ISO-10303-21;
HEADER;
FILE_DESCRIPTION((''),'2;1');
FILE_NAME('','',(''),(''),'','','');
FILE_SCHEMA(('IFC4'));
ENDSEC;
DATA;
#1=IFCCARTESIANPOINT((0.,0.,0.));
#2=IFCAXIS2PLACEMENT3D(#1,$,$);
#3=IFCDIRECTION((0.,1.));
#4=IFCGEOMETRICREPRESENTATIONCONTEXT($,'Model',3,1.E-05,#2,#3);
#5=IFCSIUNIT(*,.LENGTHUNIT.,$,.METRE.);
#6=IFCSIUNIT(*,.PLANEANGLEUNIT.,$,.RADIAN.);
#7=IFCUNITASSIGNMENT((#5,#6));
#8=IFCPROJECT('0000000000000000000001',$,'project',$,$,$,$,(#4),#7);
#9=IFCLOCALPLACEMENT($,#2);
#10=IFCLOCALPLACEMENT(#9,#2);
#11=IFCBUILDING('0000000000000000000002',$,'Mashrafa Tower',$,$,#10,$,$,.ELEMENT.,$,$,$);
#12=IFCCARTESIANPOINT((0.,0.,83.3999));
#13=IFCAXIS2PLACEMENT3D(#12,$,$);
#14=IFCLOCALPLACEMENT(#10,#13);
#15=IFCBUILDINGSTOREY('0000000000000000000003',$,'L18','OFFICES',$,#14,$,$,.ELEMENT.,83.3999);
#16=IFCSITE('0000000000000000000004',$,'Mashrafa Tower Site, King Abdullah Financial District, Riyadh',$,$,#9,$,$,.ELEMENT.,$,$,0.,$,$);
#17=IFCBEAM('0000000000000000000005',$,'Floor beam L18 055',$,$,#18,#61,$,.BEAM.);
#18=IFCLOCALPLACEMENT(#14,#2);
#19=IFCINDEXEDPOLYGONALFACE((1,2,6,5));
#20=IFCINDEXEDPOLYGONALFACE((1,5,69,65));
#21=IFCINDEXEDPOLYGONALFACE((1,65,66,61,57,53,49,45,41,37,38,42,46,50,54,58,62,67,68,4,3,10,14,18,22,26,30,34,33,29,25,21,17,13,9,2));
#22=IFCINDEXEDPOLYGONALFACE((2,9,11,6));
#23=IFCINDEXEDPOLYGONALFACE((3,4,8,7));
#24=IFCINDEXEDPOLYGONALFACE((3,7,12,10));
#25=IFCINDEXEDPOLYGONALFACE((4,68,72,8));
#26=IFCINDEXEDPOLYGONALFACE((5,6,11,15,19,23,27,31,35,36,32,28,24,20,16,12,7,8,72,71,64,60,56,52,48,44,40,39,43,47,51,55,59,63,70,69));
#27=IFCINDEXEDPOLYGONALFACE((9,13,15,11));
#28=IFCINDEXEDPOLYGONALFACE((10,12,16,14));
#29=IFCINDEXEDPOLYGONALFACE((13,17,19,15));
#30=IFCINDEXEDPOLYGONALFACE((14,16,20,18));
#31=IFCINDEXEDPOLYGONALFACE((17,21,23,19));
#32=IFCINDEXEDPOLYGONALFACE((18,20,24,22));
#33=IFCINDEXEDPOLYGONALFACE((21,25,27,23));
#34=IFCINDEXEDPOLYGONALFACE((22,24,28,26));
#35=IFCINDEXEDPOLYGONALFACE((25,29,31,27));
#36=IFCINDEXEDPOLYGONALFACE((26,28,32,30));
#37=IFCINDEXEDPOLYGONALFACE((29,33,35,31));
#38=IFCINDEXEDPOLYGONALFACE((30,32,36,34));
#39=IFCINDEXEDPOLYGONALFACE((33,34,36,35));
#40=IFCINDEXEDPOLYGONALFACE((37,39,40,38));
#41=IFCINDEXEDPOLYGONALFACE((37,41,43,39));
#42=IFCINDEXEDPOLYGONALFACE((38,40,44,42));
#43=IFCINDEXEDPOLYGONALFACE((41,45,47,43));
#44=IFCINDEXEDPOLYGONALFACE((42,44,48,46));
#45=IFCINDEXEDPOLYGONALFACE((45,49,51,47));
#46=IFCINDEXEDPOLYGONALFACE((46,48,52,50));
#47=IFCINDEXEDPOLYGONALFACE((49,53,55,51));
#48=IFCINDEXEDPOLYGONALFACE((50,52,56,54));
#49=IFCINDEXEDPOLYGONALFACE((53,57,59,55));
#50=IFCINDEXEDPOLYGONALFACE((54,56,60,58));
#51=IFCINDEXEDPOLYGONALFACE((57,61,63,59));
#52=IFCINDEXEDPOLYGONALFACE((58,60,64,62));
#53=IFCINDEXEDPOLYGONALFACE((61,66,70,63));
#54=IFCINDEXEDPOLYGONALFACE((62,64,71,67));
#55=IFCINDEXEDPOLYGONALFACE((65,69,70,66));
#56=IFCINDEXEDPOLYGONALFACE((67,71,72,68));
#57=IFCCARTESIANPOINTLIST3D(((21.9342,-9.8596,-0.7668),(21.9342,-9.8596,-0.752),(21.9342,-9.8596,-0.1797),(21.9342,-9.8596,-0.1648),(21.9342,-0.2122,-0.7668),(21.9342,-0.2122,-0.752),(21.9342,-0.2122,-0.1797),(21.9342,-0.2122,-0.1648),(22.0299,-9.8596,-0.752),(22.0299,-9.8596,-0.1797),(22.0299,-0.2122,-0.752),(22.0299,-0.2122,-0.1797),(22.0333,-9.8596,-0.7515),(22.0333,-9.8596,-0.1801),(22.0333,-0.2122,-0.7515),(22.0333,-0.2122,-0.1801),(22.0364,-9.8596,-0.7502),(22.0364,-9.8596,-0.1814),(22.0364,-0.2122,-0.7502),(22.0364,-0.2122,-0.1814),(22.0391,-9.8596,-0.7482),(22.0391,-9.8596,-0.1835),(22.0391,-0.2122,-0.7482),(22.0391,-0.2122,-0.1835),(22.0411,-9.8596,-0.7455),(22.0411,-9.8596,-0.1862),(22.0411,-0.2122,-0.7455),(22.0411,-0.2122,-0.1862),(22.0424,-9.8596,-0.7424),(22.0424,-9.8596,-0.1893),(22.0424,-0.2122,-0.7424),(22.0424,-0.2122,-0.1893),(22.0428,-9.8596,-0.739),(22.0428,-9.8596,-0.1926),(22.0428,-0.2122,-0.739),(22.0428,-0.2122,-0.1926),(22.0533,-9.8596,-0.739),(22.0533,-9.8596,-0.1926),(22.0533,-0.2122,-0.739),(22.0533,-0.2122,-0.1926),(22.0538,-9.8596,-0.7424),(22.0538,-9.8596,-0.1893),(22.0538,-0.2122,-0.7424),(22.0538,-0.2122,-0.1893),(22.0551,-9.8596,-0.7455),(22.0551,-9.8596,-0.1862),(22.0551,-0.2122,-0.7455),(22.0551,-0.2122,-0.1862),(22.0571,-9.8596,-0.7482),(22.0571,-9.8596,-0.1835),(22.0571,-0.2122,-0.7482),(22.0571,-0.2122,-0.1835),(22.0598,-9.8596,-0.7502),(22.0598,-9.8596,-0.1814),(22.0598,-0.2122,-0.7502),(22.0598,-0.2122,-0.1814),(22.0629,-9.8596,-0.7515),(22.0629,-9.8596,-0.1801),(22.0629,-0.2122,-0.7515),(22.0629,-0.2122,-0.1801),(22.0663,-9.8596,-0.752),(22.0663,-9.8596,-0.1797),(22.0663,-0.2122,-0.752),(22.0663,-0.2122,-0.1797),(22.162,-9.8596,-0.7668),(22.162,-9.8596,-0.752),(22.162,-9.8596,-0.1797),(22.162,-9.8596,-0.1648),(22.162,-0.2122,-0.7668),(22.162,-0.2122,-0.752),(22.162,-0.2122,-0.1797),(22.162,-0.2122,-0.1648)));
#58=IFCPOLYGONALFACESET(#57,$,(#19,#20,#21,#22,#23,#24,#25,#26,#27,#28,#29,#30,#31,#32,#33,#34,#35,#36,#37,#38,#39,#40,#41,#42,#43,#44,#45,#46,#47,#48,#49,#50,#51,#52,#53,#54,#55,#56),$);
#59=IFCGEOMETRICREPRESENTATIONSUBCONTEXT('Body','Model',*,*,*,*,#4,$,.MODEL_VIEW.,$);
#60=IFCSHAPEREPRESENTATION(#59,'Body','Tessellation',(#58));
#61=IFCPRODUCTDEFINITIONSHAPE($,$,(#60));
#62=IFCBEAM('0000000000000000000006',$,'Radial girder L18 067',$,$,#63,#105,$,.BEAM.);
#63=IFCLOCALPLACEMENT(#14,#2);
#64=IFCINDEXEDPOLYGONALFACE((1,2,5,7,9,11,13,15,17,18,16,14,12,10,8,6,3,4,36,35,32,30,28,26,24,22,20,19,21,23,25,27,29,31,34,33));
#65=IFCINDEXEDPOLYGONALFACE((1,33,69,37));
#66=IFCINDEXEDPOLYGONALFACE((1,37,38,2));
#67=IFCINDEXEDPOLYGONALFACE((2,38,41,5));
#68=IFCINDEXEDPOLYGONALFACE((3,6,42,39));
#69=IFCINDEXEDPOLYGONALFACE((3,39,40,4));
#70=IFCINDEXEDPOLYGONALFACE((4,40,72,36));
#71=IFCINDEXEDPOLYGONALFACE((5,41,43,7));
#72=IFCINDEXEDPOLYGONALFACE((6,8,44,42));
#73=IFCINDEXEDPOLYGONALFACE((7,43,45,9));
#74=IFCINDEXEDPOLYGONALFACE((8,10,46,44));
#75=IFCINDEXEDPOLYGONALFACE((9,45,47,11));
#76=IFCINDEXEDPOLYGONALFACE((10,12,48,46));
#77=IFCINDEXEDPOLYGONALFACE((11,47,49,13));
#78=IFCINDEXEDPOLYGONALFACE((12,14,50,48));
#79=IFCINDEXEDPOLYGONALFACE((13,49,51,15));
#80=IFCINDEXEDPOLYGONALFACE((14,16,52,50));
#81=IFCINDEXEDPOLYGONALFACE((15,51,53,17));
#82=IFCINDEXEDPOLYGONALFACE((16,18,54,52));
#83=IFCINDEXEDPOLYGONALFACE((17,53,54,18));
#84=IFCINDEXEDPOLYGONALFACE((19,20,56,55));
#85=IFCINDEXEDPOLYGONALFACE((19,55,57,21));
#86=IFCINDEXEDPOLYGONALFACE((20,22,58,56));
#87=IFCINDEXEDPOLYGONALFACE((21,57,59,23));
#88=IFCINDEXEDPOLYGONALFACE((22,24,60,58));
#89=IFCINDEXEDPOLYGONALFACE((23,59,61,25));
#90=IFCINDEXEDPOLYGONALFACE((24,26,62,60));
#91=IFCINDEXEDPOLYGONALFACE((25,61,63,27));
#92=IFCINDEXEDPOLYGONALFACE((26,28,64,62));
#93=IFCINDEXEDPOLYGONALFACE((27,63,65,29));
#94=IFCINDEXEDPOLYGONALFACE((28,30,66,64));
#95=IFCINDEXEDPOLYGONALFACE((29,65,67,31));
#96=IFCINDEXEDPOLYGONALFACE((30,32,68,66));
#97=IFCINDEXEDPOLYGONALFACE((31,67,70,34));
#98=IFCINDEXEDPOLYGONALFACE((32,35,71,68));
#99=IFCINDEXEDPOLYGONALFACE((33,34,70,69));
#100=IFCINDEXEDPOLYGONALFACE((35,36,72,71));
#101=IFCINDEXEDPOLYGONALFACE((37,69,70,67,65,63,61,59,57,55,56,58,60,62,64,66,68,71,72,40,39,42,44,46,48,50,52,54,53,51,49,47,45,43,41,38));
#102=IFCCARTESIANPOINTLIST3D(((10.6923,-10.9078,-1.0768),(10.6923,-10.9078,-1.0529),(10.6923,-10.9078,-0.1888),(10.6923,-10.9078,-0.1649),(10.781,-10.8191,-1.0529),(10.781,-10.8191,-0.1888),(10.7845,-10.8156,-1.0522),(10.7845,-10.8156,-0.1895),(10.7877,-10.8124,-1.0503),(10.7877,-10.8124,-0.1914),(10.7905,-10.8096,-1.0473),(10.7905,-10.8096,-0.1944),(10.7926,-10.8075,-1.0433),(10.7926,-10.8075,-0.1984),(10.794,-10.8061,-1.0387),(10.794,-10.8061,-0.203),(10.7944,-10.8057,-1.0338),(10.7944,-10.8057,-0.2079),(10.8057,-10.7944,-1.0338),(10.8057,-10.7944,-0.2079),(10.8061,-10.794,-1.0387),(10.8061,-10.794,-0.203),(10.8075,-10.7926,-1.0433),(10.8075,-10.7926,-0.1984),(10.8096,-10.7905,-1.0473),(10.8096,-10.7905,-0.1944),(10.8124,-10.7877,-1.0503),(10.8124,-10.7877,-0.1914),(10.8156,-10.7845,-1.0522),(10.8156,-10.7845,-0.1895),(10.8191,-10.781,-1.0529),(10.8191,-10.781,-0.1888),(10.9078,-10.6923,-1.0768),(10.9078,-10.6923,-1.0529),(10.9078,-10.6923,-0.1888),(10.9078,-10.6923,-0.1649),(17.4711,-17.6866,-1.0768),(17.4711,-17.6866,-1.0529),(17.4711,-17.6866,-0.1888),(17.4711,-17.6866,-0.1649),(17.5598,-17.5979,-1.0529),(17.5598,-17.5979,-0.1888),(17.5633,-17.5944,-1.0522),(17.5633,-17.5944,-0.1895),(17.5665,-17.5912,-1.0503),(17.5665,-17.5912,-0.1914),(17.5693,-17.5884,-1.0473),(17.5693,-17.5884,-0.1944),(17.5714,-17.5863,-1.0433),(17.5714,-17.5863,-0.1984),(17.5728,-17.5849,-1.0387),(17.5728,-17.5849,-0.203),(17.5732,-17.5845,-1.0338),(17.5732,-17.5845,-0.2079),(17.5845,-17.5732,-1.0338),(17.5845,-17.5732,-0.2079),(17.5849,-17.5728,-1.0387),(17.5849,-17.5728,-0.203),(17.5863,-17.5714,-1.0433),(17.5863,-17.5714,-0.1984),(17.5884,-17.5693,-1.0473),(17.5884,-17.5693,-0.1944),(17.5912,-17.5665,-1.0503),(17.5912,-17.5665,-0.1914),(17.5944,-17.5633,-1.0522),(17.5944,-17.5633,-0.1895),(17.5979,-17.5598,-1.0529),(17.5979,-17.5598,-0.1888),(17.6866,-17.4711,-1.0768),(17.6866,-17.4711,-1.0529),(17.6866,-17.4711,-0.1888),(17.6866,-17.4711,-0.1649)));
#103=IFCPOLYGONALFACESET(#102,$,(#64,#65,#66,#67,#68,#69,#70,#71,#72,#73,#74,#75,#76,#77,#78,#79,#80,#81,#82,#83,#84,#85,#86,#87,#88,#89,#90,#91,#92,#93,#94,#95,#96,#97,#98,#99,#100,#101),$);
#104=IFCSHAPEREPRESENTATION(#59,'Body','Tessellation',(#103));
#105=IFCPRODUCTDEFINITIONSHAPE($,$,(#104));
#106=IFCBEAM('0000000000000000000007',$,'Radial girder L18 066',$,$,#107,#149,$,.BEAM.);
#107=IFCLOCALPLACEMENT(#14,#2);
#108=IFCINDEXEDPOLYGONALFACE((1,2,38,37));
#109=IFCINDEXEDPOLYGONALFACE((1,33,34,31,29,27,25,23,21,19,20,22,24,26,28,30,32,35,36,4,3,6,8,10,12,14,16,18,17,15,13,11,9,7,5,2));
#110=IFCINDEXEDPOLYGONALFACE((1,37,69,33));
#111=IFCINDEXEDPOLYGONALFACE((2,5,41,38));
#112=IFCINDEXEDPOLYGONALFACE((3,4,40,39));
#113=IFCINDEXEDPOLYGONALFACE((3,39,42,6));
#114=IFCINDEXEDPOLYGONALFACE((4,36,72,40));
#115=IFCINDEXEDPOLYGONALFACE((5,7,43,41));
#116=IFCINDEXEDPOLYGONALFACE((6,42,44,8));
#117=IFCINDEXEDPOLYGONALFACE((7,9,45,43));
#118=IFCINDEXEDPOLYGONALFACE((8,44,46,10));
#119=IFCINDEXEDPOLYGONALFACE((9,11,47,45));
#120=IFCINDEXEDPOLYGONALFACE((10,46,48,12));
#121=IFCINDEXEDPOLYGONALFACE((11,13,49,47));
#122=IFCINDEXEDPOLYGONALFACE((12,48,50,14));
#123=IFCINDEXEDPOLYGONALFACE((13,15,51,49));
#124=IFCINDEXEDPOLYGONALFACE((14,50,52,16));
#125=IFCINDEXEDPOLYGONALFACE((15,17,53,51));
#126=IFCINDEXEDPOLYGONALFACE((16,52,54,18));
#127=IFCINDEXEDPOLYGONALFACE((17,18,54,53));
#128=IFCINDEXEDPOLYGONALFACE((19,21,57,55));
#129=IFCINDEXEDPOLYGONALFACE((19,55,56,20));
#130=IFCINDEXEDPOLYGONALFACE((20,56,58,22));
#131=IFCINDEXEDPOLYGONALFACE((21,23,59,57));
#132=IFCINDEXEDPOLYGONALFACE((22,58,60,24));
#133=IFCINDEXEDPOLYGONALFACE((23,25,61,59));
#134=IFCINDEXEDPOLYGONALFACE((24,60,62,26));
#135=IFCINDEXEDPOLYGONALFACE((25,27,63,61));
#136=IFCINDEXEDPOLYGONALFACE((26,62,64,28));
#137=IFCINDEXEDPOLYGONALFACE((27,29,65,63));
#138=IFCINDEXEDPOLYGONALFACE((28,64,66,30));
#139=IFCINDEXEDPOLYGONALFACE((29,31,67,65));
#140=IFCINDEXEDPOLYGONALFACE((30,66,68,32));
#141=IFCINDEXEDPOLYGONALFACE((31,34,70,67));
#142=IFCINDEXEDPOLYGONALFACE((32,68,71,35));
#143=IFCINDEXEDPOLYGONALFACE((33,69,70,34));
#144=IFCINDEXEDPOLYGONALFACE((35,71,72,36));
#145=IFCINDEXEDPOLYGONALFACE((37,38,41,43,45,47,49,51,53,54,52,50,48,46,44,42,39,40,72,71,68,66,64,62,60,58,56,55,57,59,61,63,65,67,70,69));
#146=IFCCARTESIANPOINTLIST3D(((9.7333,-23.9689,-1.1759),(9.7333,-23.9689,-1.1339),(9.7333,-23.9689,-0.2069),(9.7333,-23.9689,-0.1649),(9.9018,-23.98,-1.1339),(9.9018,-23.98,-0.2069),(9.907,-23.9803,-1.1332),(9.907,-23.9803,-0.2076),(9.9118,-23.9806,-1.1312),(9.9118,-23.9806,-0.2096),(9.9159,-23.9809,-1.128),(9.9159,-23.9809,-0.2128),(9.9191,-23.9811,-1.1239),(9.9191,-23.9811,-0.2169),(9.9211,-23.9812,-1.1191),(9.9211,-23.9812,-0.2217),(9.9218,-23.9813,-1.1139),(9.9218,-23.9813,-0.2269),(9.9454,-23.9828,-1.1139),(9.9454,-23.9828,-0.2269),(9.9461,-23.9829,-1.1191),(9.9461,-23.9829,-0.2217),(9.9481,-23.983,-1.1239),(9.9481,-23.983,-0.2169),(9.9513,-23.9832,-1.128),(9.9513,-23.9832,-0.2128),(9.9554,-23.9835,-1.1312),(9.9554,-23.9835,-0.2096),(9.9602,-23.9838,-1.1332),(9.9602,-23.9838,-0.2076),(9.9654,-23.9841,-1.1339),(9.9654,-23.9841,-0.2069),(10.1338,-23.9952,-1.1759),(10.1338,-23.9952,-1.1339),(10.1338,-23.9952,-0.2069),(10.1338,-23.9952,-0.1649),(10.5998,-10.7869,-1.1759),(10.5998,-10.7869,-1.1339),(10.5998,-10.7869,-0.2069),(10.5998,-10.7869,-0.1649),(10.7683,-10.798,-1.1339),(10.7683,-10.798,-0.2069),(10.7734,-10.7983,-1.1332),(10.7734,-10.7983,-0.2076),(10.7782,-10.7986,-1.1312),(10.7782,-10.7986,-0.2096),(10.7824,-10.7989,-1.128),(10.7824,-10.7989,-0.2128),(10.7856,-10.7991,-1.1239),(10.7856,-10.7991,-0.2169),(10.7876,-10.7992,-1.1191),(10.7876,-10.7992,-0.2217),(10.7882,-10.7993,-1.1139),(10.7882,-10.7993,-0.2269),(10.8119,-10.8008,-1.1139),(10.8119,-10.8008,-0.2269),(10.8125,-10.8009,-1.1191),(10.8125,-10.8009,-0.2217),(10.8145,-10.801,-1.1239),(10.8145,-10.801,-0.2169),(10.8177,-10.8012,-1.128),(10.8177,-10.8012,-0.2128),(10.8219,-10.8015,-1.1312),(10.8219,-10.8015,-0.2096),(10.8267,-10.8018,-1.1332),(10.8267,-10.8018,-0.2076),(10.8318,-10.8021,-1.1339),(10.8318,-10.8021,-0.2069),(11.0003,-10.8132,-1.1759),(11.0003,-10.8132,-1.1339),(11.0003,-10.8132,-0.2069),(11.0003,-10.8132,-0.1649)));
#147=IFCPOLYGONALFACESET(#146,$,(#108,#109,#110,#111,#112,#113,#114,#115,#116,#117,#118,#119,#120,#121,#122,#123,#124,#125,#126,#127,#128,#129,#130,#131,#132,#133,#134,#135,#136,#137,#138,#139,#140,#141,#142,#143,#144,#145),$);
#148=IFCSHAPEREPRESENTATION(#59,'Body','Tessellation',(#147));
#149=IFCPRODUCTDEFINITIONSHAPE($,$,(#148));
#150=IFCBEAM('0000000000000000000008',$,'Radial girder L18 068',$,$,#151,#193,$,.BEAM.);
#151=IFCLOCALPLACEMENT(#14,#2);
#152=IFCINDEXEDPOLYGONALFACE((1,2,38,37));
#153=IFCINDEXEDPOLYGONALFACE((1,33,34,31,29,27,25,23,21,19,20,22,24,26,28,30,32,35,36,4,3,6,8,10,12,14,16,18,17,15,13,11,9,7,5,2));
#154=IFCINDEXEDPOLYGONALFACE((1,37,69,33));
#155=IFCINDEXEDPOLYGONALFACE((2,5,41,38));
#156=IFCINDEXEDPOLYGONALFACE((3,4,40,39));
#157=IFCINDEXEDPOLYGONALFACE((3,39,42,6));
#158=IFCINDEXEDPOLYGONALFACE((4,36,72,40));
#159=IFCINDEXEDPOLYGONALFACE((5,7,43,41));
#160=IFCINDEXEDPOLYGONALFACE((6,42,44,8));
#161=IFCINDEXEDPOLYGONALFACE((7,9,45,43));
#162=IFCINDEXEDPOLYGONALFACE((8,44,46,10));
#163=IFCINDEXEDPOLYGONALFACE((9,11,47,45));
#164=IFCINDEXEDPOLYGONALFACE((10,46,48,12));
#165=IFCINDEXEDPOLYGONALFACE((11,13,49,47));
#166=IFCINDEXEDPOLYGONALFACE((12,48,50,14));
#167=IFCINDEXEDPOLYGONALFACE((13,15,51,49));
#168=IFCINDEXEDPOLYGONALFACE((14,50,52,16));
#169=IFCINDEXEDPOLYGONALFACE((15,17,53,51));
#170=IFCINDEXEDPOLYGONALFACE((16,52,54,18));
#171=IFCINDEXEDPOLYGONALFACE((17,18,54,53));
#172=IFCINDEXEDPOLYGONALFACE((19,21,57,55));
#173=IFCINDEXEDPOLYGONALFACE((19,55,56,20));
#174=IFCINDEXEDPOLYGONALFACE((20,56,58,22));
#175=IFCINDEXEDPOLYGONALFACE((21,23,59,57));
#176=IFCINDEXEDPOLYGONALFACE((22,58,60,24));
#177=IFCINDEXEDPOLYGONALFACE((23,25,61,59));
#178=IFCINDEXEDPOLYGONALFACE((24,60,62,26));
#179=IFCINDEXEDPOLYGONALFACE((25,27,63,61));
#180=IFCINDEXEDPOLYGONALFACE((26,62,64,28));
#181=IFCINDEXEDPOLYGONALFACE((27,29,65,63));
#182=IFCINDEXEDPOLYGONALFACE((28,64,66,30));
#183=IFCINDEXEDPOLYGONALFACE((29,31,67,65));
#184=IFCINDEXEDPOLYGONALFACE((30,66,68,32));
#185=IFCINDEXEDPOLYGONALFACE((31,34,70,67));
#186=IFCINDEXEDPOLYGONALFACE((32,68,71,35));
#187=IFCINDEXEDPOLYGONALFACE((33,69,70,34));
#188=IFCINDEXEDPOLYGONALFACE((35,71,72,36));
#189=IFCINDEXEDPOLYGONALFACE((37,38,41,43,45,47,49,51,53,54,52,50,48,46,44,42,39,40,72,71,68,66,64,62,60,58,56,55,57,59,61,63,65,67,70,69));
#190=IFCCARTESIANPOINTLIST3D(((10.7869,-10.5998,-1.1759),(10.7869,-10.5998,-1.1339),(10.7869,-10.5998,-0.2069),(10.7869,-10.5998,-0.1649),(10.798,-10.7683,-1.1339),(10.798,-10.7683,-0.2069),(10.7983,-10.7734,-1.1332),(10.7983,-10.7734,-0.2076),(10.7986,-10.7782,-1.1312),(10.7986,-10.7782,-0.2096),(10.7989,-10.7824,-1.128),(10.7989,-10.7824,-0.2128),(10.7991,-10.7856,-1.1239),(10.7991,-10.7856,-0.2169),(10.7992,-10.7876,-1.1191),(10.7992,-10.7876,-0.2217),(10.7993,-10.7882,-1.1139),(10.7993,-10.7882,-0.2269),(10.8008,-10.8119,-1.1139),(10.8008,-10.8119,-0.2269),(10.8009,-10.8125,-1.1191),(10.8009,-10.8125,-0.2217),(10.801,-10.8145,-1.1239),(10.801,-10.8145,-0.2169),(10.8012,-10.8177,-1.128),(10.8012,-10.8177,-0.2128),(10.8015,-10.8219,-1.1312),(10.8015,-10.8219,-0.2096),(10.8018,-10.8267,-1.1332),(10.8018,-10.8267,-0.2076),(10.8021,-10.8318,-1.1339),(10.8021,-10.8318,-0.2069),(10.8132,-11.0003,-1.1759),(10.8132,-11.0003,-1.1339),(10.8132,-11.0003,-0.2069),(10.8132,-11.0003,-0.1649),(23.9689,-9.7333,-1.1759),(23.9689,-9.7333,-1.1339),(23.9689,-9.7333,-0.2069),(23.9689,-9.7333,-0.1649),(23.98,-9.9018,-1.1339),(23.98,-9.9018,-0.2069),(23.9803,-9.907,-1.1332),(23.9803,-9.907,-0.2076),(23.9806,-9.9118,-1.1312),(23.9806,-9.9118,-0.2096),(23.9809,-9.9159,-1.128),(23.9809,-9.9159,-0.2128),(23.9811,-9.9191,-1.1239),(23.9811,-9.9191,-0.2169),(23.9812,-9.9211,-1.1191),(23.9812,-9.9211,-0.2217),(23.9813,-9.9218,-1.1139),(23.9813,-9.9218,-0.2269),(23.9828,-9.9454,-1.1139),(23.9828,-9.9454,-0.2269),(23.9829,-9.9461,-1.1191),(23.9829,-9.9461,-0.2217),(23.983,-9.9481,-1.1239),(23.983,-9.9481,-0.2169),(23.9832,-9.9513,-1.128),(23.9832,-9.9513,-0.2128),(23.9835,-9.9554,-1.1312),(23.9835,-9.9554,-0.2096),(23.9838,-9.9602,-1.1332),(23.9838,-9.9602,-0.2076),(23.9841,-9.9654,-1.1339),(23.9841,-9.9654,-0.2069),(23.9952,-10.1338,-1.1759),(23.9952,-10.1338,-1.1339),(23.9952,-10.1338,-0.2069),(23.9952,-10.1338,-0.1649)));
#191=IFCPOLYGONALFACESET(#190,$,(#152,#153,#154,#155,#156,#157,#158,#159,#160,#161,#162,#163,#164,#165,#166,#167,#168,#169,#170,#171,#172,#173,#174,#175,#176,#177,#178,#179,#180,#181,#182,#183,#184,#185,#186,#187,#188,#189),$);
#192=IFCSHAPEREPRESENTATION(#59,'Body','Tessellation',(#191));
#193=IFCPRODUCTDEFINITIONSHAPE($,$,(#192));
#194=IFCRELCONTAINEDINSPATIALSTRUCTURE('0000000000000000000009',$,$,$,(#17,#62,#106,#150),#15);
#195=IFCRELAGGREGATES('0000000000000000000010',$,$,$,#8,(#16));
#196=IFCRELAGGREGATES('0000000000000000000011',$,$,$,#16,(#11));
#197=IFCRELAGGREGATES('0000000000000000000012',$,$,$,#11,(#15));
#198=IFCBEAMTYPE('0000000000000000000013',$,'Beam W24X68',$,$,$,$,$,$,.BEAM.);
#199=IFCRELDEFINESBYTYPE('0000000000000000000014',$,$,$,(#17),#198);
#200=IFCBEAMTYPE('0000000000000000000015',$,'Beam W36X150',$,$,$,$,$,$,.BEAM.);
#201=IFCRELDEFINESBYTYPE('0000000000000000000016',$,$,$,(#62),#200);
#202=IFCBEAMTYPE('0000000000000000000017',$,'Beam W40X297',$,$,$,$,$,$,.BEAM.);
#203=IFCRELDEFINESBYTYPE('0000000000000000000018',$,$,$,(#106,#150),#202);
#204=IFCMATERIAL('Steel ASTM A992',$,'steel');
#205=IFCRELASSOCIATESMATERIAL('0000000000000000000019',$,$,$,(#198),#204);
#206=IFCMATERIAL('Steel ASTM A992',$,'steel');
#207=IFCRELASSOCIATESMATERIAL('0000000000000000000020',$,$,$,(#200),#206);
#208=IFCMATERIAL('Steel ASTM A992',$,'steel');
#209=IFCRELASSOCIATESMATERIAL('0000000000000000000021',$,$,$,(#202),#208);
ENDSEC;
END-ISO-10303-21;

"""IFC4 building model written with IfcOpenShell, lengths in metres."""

from ifc_helpers import new_model, si_unit, direction, frame, origin, origin_2d, place, context, subcontext, project, spatial, i_section, extrude, material, material_profile, profile_set, type_object, element, save


model = new_model("IFC4")

# Units and contexts
model_context = context("Model", 3, precision=1e-05, world=origin(), true_north=direction((0.0, 1.0)))
body_context = subcontext(model_context, "Body", "Model", "MODEL_VIEW")
ifc_project = project(units=[si_unit("LENGTHUNIT", "METRE"), si_unit("PLANEANGLEUNIT", "RADIAN")], contexts=[model_context])

# Site, building, storey
site_placement = place(None, origin())
site = spatial("IfcSite", under=ifc_project, at=site_placement, Name="Mashrafa Tower Site, King Abdullah Financial District, Riyadh", CompositionType="ELEMENT", RefElevation=0.0)
building_placement = place(site_placement, origin())
building = spatial("IfcBuilding", under=site, at=building_placement, Name="Mashrafa Tower", CompositionType="ELEMENT")
storey_placement = place(building_placement, frame((0.0, 0.0, 83.3999)))
storey = spatial("IfcBuildingStorey", under=building, at=storey_placement, Name="L18", Description="OFFICES", CompositionType="ELEMENT", Elevation=83.3999)

# Beams
ifc_material_1 = material(Name="Steel ASTM A992", Category="steel")
ifc_material_profile_1 = material_profile(ifc_material_1, i_section(OverallWidth=0.2278, OverallDepth=0.6021, WebThickness=0.0105, FlangeThickness=0.0149, FilletRadius=0.0129, at=origin_2d()), Name="W24X68")
ifc_profile_set_1 = profile_set([ifc_material_profile_1], Name="Steel ASTM A992")
beam_type_1 = type_object("IfcBeamType", Name="Beam W24X68", PredefinedType="BEAM", material=ifc_profile_set_1)
beam_1_placement = place(storey_placement, frame((22.0481, -0.2122, -0.4658), z_axis=(0.0, -1.0, 0.0), x_axis=(1.0, 0.0, 0.0)))
element("IfcBeam", 1, at=beam_1_placement, inside=storey, type_object=beam_type_1, Name="Floor beam L18 055", PredefinedType="BEAM", context=body_context, shape_type="SweptSolid", body=[
    extrude(i_section(OverallWidth=0.2278, OverallDepth=0.6021, WebThickness=0.0105, FlangeThickness=0.0149, FilletRadius=0.0129, at=origin_2d()), origin(), (0.0, 0.0, 1.0), 9.6475),
])
ifc_material_2 = material(Name="Steel ASTM A992", Category="steel")
ifc_material_profile_2 = material_profile(ifc_material_2, i_section(OverallWidth=0.3047, OverallDepth=0.9119, WebThickness=0.0159, FlangeThickness=0.0239, FilletRadius=0.019, at=origin_2d()), Name="W36X150")
ifc_profile_set_2 = profile_set([ifc_material_profile_2], Name="Steel ASTM A992")
beam_type_2 = type_object("IfcBeamType", Name="Beam W36X150", PredefinedType="BEAM", material=ifc_profile_set_2)
beam_2_placement = place(storey_placement, frame((10.8, -10.8, -0.6208), z_axis=(0.707107, -0.707107, 0.0), x_axis=(0.707107, 0.707107, 0.0)))
element("IfcBeam", 2, at=beam_2_placement, inside=storey, type_object=beam_type_2, Name="Radial girder L18 067", PredefinedType="BEAM", context=body_context, shape_type="SweptSolid", body=[
    extrude(i_section(OverallWidth=0.3047, OverallDepth=0.9119, WebThickness=0.0159, FlangeThickness=0.0239, FilletRadius=0.019, at=origin_2d()), origin(), (0.0, 0.0, 1.0), 9.5867),
])
ifc_material_3 = material(Name="Steel ASTM A992", Category="steel")
ifc_material_profile_3 = material_profile(ifc_material_3, i_section(OverallWidth=0.4014, OverallDepth=1.011, WebThickness=0.0237, FlangeThickness=0.042, FilletRadius=0.02, at=origin_2d()), Name="W40X297")
ifc_profile_set_3 = profile_set([ifc_material_profile_3], Name="Steel ASTM A992")
beam_type_3 = type_object("IfcBeamType", Name="Beam W40X297", PredefinedType="BEAM", material=ifc_profile_set_3)
for number, where, z_axis, x_axis, name in (
    (3, (10.8, -10.8, -0.6704), (-0.065589, -0.997847, 0.0), (0.997847, -0.065589, 0.0), "Radial girder L18 066"),
    (4, (10.8, -10.8, -0.6704), (0.997847, 0.065589, 0.0), (-0.065589, 0.997847, 0.0), "Radial girder L18 068"),
):
    element("IfcBeam", number, at=place(storey_placement, frame(where, z_axis=z_axis, x_axis=x_axis)), inside=storey, type_object=beam_type_3, Name=name, PredefinedType="BEAM", context=body_context, shape_type="SweptSolid", body=[
        extrude(i_section(OverallWidth=0.4014, OverallDepth=1.011, WebThickness=0.0237, FlangeThickness=0.042, FilletRadius=0.02, at=origin_2d()), origin(), (0.0, 0.0, 1.0), 13.2104),
    ])

save(model, "model.ifc")
